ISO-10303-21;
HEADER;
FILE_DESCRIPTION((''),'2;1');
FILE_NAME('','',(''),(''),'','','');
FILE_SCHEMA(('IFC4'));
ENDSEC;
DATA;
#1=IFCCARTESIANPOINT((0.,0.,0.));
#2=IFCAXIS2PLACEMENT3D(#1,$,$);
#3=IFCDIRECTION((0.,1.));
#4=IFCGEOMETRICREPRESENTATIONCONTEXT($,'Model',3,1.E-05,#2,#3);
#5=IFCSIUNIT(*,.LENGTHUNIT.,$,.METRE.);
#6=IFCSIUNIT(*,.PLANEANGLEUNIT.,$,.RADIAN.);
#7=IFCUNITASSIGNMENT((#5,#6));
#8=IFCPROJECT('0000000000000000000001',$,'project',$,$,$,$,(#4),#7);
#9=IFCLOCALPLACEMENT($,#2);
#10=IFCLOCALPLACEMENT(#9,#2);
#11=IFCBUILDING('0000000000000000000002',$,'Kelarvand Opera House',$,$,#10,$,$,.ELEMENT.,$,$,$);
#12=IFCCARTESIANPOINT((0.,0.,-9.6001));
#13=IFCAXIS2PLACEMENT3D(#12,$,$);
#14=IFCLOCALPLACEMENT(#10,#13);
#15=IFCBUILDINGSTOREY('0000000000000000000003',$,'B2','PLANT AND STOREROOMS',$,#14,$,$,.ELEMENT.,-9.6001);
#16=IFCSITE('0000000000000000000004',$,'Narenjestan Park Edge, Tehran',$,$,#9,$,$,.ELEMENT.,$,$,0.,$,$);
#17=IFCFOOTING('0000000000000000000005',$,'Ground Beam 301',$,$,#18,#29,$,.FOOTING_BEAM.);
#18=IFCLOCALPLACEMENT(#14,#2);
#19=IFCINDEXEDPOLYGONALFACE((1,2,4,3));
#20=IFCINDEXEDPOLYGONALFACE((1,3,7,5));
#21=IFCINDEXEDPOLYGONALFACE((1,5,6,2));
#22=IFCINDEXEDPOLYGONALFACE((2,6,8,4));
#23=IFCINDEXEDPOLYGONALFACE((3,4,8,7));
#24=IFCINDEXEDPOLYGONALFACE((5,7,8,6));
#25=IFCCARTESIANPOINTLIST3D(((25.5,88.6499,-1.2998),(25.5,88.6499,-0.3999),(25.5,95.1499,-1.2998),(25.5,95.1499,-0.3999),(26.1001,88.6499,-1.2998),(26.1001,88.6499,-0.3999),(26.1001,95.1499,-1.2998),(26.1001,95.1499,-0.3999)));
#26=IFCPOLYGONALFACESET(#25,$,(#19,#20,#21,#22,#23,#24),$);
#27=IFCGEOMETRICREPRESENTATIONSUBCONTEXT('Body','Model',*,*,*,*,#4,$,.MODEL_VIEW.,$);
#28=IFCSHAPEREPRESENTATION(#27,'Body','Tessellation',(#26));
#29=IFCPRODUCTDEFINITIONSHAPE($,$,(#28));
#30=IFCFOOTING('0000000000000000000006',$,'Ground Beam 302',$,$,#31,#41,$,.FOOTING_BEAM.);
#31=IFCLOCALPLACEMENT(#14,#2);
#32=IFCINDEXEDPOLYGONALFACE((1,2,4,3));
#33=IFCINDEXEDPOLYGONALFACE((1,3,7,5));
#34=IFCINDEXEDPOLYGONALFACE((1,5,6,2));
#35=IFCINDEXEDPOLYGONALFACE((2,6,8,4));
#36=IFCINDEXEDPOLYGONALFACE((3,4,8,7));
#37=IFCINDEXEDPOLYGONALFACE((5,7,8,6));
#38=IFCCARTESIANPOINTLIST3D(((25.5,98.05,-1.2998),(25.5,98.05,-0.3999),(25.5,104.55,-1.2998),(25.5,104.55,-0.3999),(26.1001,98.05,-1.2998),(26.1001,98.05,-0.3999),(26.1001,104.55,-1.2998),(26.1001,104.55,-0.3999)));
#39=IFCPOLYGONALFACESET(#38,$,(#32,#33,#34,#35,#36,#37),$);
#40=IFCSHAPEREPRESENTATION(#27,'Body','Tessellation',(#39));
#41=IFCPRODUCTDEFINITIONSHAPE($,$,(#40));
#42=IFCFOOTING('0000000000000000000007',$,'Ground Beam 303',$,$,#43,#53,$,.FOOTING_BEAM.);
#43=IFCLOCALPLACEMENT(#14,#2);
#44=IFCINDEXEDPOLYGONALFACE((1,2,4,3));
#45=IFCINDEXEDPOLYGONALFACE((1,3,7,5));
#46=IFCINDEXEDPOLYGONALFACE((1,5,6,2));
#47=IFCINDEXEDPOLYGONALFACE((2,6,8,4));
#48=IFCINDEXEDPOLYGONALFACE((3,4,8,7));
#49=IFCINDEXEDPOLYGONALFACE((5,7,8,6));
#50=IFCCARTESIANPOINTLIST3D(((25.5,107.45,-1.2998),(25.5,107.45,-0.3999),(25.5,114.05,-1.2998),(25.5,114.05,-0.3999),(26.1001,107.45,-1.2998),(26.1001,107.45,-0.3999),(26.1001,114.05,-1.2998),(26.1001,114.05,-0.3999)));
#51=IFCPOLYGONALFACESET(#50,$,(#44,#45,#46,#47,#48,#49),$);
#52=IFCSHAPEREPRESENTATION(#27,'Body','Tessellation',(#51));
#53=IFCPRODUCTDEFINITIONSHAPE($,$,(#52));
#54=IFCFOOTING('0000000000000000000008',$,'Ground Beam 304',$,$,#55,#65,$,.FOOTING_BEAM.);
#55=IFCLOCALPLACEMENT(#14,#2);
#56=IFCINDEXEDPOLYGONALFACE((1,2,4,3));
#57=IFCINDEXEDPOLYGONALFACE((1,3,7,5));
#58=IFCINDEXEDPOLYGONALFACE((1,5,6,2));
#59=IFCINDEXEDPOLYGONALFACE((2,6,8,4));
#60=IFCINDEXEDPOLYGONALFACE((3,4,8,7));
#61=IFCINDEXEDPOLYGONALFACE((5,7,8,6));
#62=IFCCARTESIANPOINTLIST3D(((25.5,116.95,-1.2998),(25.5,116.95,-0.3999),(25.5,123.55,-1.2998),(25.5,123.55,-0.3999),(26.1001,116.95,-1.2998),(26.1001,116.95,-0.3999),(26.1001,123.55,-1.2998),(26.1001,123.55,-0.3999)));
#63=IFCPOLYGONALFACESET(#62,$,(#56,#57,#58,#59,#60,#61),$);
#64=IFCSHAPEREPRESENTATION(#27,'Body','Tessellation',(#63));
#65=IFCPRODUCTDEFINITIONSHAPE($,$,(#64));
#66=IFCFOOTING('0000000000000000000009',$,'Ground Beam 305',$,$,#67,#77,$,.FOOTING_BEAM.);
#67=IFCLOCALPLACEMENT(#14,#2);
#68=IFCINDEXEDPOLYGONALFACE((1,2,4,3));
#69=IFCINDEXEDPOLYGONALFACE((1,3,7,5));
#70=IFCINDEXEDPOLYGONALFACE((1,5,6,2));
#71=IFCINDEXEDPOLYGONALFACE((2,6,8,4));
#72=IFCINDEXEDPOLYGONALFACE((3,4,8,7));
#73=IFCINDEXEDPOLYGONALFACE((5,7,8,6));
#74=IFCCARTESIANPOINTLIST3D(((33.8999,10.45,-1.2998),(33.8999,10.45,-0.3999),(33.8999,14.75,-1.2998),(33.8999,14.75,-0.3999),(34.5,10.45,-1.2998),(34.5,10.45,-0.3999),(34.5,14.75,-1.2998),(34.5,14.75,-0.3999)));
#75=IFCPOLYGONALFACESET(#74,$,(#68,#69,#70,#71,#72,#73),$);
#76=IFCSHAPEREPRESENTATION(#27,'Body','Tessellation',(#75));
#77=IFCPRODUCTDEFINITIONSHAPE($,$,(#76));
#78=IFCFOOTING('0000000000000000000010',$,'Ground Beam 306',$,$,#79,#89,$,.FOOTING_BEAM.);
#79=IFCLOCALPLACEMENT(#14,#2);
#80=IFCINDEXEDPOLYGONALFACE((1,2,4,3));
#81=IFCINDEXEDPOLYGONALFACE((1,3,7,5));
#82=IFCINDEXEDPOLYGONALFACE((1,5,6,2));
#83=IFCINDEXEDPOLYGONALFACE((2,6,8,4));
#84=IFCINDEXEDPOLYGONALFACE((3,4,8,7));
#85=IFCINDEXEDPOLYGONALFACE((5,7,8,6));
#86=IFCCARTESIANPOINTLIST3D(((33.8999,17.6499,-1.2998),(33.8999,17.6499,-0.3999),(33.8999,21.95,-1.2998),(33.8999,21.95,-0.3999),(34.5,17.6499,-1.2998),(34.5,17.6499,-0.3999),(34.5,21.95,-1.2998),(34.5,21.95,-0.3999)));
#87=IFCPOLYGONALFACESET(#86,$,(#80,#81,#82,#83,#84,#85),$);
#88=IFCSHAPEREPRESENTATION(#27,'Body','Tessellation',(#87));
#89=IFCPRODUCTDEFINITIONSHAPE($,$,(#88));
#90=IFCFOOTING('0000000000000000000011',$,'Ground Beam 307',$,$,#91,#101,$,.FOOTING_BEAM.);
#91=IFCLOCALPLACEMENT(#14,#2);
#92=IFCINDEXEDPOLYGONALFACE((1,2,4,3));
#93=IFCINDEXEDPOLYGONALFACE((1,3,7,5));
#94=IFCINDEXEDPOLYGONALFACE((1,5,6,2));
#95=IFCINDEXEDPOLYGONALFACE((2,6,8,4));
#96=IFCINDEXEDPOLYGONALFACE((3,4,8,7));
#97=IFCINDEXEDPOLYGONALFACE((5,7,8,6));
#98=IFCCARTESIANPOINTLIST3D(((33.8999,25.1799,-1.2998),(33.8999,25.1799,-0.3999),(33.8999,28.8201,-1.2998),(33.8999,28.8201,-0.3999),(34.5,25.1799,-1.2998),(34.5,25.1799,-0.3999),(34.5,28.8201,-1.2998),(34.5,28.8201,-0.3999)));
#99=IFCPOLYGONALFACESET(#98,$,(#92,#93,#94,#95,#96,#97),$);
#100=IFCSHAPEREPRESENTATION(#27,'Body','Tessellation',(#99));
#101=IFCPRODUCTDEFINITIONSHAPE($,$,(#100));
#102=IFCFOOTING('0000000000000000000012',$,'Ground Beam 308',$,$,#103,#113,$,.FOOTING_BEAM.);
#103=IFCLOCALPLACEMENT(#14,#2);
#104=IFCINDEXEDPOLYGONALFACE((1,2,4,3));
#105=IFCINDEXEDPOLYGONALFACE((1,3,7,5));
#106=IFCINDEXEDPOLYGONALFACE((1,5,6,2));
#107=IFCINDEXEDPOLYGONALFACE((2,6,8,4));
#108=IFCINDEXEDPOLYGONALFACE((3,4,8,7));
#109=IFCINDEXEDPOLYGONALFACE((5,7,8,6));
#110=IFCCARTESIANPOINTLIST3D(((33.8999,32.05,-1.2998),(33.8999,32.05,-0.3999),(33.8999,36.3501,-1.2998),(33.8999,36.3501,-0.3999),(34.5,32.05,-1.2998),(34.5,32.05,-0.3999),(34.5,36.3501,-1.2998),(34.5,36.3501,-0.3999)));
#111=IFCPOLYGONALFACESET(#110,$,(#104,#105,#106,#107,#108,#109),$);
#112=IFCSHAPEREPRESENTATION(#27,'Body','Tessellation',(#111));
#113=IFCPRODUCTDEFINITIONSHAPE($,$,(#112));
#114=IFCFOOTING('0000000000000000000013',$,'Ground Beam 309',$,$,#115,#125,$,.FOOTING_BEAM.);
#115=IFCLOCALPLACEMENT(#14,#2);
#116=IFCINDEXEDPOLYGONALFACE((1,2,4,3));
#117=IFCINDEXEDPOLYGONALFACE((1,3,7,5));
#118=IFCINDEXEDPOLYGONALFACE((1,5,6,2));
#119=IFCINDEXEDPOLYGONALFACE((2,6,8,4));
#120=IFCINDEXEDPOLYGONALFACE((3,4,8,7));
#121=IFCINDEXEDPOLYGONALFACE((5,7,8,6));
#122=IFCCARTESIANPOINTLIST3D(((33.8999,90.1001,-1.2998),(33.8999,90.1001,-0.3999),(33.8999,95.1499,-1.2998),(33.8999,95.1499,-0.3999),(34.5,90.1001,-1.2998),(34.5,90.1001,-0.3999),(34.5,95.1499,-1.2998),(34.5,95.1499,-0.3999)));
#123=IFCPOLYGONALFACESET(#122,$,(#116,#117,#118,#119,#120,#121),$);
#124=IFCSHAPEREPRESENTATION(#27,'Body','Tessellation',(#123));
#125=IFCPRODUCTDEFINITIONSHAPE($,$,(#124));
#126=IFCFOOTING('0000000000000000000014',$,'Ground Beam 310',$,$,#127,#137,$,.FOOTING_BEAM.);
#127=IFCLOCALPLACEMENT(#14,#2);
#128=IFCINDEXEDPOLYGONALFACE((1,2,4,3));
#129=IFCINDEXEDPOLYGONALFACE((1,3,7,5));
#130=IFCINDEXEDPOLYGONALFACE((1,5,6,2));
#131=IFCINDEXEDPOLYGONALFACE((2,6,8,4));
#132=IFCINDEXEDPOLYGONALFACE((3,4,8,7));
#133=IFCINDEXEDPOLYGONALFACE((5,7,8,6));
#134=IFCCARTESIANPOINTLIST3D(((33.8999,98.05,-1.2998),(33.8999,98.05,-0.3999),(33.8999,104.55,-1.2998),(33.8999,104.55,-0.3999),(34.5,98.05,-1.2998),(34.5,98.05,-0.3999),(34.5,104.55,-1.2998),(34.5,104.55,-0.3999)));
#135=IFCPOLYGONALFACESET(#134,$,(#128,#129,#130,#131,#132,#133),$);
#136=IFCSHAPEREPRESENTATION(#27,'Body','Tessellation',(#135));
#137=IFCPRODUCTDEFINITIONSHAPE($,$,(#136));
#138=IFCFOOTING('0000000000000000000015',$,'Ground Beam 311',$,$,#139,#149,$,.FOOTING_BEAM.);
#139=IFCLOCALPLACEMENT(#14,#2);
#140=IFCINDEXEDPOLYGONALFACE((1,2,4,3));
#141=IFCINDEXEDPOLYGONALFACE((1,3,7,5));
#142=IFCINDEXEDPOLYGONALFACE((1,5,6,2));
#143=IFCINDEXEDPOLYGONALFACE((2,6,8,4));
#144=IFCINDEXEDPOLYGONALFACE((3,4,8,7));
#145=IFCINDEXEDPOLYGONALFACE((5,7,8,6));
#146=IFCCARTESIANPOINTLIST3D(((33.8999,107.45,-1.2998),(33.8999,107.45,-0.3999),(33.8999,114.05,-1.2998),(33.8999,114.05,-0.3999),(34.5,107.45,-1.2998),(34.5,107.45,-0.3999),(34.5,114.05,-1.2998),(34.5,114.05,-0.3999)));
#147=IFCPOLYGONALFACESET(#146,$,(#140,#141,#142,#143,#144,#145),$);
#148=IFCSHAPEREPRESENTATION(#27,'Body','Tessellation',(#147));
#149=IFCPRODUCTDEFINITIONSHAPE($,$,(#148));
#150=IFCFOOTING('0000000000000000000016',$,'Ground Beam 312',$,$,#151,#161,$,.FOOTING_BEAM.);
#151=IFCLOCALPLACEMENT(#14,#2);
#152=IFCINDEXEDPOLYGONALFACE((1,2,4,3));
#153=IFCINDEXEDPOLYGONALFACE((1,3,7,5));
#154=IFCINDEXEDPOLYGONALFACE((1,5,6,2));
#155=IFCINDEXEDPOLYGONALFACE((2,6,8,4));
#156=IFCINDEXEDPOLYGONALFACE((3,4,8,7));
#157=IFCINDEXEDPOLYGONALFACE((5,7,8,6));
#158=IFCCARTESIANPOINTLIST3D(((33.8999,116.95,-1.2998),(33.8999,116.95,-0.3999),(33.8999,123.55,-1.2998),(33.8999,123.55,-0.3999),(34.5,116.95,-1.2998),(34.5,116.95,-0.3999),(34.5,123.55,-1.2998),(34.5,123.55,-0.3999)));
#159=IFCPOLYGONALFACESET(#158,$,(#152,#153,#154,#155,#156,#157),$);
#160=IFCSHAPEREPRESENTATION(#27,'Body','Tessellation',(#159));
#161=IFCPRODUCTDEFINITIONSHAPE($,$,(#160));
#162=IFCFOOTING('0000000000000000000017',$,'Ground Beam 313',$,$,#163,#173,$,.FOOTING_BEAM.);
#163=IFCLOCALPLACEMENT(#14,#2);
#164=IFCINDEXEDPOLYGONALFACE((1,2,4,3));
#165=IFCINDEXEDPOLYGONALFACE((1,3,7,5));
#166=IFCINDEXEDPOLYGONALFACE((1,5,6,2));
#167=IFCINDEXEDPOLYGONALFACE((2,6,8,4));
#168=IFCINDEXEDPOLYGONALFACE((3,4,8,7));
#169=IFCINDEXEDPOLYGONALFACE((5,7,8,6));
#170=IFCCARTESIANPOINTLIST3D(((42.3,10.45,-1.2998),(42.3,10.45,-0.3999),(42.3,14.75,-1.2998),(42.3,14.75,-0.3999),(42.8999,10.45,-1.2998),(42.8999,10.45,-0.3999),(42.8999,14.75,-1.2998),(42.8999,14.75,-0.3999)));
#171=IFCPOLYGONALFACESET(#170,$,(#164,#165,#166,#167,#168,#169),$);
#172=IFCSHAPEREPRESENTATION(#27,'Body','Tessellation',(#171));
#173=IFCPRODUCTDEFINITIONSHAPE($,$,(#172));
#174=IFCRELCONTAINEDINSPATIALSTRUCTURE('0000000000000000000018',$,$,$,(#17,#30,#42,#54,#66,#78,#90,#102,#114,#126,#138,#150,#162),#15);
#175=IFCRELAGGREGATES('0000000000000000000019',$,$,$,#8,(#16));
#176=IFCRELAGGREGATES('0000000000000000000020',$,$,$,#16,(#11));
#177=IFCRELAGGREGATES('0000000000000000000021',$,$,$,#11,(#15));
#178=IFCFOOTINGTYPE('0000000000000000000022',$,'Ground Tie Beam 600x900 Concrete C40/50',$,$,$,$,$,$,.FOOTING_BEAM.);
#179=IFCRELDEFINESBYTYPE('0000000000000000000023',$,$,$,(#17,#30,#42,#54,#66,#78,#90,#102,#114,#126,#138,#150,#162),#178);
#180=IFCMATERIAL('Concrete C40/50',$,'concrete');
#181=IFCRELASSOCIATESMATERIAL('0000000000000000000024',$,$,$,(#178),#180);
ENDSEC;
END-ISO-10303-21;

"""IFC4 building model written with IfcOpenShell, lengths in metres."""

from ifc_helpers import new_model, si_unit, direction, frame, origin, place, context, subcontext, project, spatial, polyline, outline, extrude, material, type_object, element, save


model = new_model("IFC4")

# Units and contexts
model_context = context("Model", 3, precision=1e-05, world=origin(), true_north=direction((0.0, 1.0)))
body_context = subcontext(model_context, "Body", "Model", "MODEL_VIEW")
ifc_project = project(units=[si_unit("LENGTHUNIT", "METRE"), si_unit("PLANEANGLEUNIT", "RADIAN")], contexts=[model_context])

# Site, building, storey
site_placement = place(None, origin())
site = spatial("IfcSite", under=ifc_project, at=site_placement, Name="Narenjestan Park Edge, Tehran", CompositionType="ELEMENT", RefElevation=0.0)
building_placement = place(site_placement, origin())
building = spatial("IfcBuilding", under=site, at=building_placement, Name="Kelarvand Opera House", CompositionType="ELEMENT")
storey_placement = place(building_placement, frame((0.0, 0.0, -9.6001)))
storey = spatial("IfcBuildingStorey", under=building, at=storey_placement, Name="B2", Description="PLANT AND STOREROOMS", CompositionType="ELEMENT", Elevation=-9.6001)

# Footings
ifc_material = material(Name="Concrete C40/50", Category="concrete")
footing_type = type_object("IfcFootingType", Name="Ground Tie Beam 600x900 Concrete C40/50", PredefinedType="FOOTING_BEAM", material=ifc_material)
footing_1_placement = place(storey_placement, frame((0.0, 0.0, -1.2998)))
element("IfcFooting", 1, at=footing_1_placement, inside=storey, type_object=footing_type, Name="Ground Beam 301", PredefinedType="FOOTING_BEAM", context=body_context, shape_type="SweptSolid", body=[
    extrude(outline(polyline([(25.5, 88.6499), (26.1001, 88.6499), (26.1001, 95.1499), (25.5, 95.1499), (25.5, 88.6499)])), origin(), (0.0, 0.0, 1.0), 0.8999),
])
footing_2_placement = place(storey_placement, frame((0.0, 0.0, -1.2998)))
element("IfcFooting", 2, at=footing_2_placement, inside=storey, type_object=footing_type, Name="Ground Beam 302", PredefinedType="FOOTING_BEAM", context=body_context, shape_type="SweptSolid", body=[
    extrude(outline(polyline([(25.5, 98.05), (26.1001, 98.05), (26.1001, 104.55), (25.5, 104.55), (25.5, 98.05)])), origin(), (0.0, 0.0, 1.0), 0.8999),
])
footing_3_placement = place(storey_placement, frame((0.0, 0.0, -1.2998)))
element("IfcFooting", 3, at=footing_3_placement, inside=storey, type_object=footing_type, Name="Ground Beam 303", PredefinedType="FOOTING_BEAM", context=body_context, shape_type="SweptSolid", body=[
    extrude(outline(polyline([(25.5, 107.45), (26.1001, 107.45), (26.1001, 114.05), (25.5, 114.05), (25.5, 107.45)])), origin(), (0.0, 0.0, 1.0), 0.8999),
])
footing_4_placement = place(storey_placement, frame((0.0, 0.0, -1.2998)))
element("IfcFooting", 4, at=footing_4_placement, inside=storey, type_object=footing_type, Name="Ground Beam 304", PredefinedType="FOOTING_BEAM", context=body_context, shape_type="SweptSolid", body=[
    extrude(outline(polyline([(25.5, 116.95), (26.1001, 116.95), (26.1001, 123.55), (25.5, 123.55), (25.5, 116.95)])), origin(), (0.0, 0.0, 1.0), 0.8999),
])
footing_5_placement = place(storey_placement, frame((0.0, 0.0, -1.2998)))
element("IfcFooting", 5, at=footing_5_placement, inside=storey, type_object=footing_type, Name="Ground Beam 305", PredefinedType="FOOTING_BEAM", context=body_context, shape_type="SweptSolid", body=[
    extrude(outline(polyline([(33.8999, 10.45), (34.5, 10.45), (34.5, 14.75), (33.8999, 14.75), (33.8999, 10.45)])), origin(), (0.0, 0.0, 1.0), 0.8999),
])
footing_6_placement = place(storey_placement, frame((0.0, 0.0, -1.2998)))
element("IfcFooting", 6, at=footing_6_placement, inside=storey, type_object=footing_type, Name="Ground Beam 306", PredefinedType="FOOTING_BEAM", context=body_context, shape_type="SweptSolid", body=[
    extrude(outline(polyline([(33.8999, 17.6499), (34.5, 17.6499), (34.5, 21.95), (33.8999, 21.95), (33.8999, 17.6499)])), origin(), (0.0, 0.0, 1.0), 0.8999),
])
footing_7_placement = place(storey_placement, frame((0.0, 0.0, -1.2998)))
element("IfcFooting", 7, at=footing_7_placement, inside=storey, type_object=footing_type, Name="Ground Beam 307", PredefinedType="FOOTING_BEAM", context=body_context, shape_type="SweptSolid", body=[
    extrude(outline(polyline([(33.8999, 25.1799), (34.5, 25.1799), (34.5, 28.8201), (33.8999, 28.8201), (33.8999, 25.1799)])), origin(), (0.0, 0.0, 1.0), 0.8999),
])
footing_8_placement = place(storey_placement, frame((0.0, 0.0, -1.2998)))
element("IfcFooting", 8, at=footing_8_placement, inside=storey, type_object=footing_type, Name="Ground Beam 308", PredefinedType="FOOTING_BEAM", context=body_context, shape_type="SweptSolid", body=[
    extrude(outline(polyline([(33.8999, 32.05), (34.5, 32.05), (34.5, 36.3501), (33.8999, 36.3501), (33.8999, 32.05)])), origin(), (0.0, 0.0, 1.0), 0.8999),
])
footing_9_placement = place(storey_placement, frame((0.0, 0.0, -1.2998)))
element("IfcFooting", 9, at=footing_9_placement, inside=storey, type_object=footing_type, Name="Ground Beam 309", PredefinedType="FOOTING_BEAM", context=body_context, shape_type="SweptSolid", body=[
    extrude(outline(polyline([(33.8999, 90.1001), (34.5, 90.1001), (34.5, 95.1499), (33.8999, 95.1499), (33.8999, 90.1001)])), origin(), (0.0, 0.0, 1.0), 0.8999),
])
footing_10_placement = place(storey_placement, frame((0.0, 0.0, -1.2998)))
element("IfcFooting", 10, at=footing_10_placement, inside=storey, type_object=footing_type, Name="Ground Beam 310", PredefinedType="FOOTING_BEAM", context=body_context, shape_type="SweptSolid", body=[
    extrude(outline(polyline([(33.8999, 98.05), (34.5, 98.05), (34.5, 104.55), (33.8999, 104.55), (33.8999, 98.05)])), origin(), (0.0, 0.0, 1.0), 0.8999),
])
footing_11_placement = place(storey_placement, frame((0.0, 0.0, -1.2998)))
element("IfcFooting", 11, at=footing_11_placement, inside=storey, type_object=footing_type, Name="Ground Beam 311", PredefinedType="FOOTING_BEAM", context=body_context, shape_type="SweptSolid", body=[
    extrude(outline(polyline([(33.8999, 107.45), (34.5, 107.45), (34.5, 114.05), (33.8999, 114.05), (33.8999, 107.45)])), origin(), (0.0, 0.0, 1.0), 0.8999),
])
footing_12_placement = place(storey_placement, frame((0.0, 0.0, -1.2998)))
element("IfcFooting", 12, at=footing_12_placement, inside=storey, type_object=footing_type, Name="Ground Beam 312", PredefinedType="FOOTING_BEAM", context=body_context, shape_type="SweptSolid", body=[
    extrude(outline(polyline([(33.8999, 116.95), (34.5, 116.95), (34.5, 123.55), (33.8999, 123.55), (33.8999, 116.95)])), origin(), (0.0, 0.0, 1.0), 0.8999),
])
footing_13_placement = place(storey_placement, frame((0.0, 0.0, -1.2998)))
element("IfcFooting", 13, at=footing_13_placement, inside=storey, type_object=footing_type, Name="Ground Beam 313", PredefinedType="FOOTING_BEAM", context=body_context, shape_type="SweptSolid", body=[
    extrude(outline(polyline([(42.3, 10.45), (42.8999, 10.45), (42.8999, 14.75), (42.3, 14.75), (42.3, 10.45)])), origin(), (0.0, 0.0, 1.0), 0.8999),
])

save(model, "model.ifc")
